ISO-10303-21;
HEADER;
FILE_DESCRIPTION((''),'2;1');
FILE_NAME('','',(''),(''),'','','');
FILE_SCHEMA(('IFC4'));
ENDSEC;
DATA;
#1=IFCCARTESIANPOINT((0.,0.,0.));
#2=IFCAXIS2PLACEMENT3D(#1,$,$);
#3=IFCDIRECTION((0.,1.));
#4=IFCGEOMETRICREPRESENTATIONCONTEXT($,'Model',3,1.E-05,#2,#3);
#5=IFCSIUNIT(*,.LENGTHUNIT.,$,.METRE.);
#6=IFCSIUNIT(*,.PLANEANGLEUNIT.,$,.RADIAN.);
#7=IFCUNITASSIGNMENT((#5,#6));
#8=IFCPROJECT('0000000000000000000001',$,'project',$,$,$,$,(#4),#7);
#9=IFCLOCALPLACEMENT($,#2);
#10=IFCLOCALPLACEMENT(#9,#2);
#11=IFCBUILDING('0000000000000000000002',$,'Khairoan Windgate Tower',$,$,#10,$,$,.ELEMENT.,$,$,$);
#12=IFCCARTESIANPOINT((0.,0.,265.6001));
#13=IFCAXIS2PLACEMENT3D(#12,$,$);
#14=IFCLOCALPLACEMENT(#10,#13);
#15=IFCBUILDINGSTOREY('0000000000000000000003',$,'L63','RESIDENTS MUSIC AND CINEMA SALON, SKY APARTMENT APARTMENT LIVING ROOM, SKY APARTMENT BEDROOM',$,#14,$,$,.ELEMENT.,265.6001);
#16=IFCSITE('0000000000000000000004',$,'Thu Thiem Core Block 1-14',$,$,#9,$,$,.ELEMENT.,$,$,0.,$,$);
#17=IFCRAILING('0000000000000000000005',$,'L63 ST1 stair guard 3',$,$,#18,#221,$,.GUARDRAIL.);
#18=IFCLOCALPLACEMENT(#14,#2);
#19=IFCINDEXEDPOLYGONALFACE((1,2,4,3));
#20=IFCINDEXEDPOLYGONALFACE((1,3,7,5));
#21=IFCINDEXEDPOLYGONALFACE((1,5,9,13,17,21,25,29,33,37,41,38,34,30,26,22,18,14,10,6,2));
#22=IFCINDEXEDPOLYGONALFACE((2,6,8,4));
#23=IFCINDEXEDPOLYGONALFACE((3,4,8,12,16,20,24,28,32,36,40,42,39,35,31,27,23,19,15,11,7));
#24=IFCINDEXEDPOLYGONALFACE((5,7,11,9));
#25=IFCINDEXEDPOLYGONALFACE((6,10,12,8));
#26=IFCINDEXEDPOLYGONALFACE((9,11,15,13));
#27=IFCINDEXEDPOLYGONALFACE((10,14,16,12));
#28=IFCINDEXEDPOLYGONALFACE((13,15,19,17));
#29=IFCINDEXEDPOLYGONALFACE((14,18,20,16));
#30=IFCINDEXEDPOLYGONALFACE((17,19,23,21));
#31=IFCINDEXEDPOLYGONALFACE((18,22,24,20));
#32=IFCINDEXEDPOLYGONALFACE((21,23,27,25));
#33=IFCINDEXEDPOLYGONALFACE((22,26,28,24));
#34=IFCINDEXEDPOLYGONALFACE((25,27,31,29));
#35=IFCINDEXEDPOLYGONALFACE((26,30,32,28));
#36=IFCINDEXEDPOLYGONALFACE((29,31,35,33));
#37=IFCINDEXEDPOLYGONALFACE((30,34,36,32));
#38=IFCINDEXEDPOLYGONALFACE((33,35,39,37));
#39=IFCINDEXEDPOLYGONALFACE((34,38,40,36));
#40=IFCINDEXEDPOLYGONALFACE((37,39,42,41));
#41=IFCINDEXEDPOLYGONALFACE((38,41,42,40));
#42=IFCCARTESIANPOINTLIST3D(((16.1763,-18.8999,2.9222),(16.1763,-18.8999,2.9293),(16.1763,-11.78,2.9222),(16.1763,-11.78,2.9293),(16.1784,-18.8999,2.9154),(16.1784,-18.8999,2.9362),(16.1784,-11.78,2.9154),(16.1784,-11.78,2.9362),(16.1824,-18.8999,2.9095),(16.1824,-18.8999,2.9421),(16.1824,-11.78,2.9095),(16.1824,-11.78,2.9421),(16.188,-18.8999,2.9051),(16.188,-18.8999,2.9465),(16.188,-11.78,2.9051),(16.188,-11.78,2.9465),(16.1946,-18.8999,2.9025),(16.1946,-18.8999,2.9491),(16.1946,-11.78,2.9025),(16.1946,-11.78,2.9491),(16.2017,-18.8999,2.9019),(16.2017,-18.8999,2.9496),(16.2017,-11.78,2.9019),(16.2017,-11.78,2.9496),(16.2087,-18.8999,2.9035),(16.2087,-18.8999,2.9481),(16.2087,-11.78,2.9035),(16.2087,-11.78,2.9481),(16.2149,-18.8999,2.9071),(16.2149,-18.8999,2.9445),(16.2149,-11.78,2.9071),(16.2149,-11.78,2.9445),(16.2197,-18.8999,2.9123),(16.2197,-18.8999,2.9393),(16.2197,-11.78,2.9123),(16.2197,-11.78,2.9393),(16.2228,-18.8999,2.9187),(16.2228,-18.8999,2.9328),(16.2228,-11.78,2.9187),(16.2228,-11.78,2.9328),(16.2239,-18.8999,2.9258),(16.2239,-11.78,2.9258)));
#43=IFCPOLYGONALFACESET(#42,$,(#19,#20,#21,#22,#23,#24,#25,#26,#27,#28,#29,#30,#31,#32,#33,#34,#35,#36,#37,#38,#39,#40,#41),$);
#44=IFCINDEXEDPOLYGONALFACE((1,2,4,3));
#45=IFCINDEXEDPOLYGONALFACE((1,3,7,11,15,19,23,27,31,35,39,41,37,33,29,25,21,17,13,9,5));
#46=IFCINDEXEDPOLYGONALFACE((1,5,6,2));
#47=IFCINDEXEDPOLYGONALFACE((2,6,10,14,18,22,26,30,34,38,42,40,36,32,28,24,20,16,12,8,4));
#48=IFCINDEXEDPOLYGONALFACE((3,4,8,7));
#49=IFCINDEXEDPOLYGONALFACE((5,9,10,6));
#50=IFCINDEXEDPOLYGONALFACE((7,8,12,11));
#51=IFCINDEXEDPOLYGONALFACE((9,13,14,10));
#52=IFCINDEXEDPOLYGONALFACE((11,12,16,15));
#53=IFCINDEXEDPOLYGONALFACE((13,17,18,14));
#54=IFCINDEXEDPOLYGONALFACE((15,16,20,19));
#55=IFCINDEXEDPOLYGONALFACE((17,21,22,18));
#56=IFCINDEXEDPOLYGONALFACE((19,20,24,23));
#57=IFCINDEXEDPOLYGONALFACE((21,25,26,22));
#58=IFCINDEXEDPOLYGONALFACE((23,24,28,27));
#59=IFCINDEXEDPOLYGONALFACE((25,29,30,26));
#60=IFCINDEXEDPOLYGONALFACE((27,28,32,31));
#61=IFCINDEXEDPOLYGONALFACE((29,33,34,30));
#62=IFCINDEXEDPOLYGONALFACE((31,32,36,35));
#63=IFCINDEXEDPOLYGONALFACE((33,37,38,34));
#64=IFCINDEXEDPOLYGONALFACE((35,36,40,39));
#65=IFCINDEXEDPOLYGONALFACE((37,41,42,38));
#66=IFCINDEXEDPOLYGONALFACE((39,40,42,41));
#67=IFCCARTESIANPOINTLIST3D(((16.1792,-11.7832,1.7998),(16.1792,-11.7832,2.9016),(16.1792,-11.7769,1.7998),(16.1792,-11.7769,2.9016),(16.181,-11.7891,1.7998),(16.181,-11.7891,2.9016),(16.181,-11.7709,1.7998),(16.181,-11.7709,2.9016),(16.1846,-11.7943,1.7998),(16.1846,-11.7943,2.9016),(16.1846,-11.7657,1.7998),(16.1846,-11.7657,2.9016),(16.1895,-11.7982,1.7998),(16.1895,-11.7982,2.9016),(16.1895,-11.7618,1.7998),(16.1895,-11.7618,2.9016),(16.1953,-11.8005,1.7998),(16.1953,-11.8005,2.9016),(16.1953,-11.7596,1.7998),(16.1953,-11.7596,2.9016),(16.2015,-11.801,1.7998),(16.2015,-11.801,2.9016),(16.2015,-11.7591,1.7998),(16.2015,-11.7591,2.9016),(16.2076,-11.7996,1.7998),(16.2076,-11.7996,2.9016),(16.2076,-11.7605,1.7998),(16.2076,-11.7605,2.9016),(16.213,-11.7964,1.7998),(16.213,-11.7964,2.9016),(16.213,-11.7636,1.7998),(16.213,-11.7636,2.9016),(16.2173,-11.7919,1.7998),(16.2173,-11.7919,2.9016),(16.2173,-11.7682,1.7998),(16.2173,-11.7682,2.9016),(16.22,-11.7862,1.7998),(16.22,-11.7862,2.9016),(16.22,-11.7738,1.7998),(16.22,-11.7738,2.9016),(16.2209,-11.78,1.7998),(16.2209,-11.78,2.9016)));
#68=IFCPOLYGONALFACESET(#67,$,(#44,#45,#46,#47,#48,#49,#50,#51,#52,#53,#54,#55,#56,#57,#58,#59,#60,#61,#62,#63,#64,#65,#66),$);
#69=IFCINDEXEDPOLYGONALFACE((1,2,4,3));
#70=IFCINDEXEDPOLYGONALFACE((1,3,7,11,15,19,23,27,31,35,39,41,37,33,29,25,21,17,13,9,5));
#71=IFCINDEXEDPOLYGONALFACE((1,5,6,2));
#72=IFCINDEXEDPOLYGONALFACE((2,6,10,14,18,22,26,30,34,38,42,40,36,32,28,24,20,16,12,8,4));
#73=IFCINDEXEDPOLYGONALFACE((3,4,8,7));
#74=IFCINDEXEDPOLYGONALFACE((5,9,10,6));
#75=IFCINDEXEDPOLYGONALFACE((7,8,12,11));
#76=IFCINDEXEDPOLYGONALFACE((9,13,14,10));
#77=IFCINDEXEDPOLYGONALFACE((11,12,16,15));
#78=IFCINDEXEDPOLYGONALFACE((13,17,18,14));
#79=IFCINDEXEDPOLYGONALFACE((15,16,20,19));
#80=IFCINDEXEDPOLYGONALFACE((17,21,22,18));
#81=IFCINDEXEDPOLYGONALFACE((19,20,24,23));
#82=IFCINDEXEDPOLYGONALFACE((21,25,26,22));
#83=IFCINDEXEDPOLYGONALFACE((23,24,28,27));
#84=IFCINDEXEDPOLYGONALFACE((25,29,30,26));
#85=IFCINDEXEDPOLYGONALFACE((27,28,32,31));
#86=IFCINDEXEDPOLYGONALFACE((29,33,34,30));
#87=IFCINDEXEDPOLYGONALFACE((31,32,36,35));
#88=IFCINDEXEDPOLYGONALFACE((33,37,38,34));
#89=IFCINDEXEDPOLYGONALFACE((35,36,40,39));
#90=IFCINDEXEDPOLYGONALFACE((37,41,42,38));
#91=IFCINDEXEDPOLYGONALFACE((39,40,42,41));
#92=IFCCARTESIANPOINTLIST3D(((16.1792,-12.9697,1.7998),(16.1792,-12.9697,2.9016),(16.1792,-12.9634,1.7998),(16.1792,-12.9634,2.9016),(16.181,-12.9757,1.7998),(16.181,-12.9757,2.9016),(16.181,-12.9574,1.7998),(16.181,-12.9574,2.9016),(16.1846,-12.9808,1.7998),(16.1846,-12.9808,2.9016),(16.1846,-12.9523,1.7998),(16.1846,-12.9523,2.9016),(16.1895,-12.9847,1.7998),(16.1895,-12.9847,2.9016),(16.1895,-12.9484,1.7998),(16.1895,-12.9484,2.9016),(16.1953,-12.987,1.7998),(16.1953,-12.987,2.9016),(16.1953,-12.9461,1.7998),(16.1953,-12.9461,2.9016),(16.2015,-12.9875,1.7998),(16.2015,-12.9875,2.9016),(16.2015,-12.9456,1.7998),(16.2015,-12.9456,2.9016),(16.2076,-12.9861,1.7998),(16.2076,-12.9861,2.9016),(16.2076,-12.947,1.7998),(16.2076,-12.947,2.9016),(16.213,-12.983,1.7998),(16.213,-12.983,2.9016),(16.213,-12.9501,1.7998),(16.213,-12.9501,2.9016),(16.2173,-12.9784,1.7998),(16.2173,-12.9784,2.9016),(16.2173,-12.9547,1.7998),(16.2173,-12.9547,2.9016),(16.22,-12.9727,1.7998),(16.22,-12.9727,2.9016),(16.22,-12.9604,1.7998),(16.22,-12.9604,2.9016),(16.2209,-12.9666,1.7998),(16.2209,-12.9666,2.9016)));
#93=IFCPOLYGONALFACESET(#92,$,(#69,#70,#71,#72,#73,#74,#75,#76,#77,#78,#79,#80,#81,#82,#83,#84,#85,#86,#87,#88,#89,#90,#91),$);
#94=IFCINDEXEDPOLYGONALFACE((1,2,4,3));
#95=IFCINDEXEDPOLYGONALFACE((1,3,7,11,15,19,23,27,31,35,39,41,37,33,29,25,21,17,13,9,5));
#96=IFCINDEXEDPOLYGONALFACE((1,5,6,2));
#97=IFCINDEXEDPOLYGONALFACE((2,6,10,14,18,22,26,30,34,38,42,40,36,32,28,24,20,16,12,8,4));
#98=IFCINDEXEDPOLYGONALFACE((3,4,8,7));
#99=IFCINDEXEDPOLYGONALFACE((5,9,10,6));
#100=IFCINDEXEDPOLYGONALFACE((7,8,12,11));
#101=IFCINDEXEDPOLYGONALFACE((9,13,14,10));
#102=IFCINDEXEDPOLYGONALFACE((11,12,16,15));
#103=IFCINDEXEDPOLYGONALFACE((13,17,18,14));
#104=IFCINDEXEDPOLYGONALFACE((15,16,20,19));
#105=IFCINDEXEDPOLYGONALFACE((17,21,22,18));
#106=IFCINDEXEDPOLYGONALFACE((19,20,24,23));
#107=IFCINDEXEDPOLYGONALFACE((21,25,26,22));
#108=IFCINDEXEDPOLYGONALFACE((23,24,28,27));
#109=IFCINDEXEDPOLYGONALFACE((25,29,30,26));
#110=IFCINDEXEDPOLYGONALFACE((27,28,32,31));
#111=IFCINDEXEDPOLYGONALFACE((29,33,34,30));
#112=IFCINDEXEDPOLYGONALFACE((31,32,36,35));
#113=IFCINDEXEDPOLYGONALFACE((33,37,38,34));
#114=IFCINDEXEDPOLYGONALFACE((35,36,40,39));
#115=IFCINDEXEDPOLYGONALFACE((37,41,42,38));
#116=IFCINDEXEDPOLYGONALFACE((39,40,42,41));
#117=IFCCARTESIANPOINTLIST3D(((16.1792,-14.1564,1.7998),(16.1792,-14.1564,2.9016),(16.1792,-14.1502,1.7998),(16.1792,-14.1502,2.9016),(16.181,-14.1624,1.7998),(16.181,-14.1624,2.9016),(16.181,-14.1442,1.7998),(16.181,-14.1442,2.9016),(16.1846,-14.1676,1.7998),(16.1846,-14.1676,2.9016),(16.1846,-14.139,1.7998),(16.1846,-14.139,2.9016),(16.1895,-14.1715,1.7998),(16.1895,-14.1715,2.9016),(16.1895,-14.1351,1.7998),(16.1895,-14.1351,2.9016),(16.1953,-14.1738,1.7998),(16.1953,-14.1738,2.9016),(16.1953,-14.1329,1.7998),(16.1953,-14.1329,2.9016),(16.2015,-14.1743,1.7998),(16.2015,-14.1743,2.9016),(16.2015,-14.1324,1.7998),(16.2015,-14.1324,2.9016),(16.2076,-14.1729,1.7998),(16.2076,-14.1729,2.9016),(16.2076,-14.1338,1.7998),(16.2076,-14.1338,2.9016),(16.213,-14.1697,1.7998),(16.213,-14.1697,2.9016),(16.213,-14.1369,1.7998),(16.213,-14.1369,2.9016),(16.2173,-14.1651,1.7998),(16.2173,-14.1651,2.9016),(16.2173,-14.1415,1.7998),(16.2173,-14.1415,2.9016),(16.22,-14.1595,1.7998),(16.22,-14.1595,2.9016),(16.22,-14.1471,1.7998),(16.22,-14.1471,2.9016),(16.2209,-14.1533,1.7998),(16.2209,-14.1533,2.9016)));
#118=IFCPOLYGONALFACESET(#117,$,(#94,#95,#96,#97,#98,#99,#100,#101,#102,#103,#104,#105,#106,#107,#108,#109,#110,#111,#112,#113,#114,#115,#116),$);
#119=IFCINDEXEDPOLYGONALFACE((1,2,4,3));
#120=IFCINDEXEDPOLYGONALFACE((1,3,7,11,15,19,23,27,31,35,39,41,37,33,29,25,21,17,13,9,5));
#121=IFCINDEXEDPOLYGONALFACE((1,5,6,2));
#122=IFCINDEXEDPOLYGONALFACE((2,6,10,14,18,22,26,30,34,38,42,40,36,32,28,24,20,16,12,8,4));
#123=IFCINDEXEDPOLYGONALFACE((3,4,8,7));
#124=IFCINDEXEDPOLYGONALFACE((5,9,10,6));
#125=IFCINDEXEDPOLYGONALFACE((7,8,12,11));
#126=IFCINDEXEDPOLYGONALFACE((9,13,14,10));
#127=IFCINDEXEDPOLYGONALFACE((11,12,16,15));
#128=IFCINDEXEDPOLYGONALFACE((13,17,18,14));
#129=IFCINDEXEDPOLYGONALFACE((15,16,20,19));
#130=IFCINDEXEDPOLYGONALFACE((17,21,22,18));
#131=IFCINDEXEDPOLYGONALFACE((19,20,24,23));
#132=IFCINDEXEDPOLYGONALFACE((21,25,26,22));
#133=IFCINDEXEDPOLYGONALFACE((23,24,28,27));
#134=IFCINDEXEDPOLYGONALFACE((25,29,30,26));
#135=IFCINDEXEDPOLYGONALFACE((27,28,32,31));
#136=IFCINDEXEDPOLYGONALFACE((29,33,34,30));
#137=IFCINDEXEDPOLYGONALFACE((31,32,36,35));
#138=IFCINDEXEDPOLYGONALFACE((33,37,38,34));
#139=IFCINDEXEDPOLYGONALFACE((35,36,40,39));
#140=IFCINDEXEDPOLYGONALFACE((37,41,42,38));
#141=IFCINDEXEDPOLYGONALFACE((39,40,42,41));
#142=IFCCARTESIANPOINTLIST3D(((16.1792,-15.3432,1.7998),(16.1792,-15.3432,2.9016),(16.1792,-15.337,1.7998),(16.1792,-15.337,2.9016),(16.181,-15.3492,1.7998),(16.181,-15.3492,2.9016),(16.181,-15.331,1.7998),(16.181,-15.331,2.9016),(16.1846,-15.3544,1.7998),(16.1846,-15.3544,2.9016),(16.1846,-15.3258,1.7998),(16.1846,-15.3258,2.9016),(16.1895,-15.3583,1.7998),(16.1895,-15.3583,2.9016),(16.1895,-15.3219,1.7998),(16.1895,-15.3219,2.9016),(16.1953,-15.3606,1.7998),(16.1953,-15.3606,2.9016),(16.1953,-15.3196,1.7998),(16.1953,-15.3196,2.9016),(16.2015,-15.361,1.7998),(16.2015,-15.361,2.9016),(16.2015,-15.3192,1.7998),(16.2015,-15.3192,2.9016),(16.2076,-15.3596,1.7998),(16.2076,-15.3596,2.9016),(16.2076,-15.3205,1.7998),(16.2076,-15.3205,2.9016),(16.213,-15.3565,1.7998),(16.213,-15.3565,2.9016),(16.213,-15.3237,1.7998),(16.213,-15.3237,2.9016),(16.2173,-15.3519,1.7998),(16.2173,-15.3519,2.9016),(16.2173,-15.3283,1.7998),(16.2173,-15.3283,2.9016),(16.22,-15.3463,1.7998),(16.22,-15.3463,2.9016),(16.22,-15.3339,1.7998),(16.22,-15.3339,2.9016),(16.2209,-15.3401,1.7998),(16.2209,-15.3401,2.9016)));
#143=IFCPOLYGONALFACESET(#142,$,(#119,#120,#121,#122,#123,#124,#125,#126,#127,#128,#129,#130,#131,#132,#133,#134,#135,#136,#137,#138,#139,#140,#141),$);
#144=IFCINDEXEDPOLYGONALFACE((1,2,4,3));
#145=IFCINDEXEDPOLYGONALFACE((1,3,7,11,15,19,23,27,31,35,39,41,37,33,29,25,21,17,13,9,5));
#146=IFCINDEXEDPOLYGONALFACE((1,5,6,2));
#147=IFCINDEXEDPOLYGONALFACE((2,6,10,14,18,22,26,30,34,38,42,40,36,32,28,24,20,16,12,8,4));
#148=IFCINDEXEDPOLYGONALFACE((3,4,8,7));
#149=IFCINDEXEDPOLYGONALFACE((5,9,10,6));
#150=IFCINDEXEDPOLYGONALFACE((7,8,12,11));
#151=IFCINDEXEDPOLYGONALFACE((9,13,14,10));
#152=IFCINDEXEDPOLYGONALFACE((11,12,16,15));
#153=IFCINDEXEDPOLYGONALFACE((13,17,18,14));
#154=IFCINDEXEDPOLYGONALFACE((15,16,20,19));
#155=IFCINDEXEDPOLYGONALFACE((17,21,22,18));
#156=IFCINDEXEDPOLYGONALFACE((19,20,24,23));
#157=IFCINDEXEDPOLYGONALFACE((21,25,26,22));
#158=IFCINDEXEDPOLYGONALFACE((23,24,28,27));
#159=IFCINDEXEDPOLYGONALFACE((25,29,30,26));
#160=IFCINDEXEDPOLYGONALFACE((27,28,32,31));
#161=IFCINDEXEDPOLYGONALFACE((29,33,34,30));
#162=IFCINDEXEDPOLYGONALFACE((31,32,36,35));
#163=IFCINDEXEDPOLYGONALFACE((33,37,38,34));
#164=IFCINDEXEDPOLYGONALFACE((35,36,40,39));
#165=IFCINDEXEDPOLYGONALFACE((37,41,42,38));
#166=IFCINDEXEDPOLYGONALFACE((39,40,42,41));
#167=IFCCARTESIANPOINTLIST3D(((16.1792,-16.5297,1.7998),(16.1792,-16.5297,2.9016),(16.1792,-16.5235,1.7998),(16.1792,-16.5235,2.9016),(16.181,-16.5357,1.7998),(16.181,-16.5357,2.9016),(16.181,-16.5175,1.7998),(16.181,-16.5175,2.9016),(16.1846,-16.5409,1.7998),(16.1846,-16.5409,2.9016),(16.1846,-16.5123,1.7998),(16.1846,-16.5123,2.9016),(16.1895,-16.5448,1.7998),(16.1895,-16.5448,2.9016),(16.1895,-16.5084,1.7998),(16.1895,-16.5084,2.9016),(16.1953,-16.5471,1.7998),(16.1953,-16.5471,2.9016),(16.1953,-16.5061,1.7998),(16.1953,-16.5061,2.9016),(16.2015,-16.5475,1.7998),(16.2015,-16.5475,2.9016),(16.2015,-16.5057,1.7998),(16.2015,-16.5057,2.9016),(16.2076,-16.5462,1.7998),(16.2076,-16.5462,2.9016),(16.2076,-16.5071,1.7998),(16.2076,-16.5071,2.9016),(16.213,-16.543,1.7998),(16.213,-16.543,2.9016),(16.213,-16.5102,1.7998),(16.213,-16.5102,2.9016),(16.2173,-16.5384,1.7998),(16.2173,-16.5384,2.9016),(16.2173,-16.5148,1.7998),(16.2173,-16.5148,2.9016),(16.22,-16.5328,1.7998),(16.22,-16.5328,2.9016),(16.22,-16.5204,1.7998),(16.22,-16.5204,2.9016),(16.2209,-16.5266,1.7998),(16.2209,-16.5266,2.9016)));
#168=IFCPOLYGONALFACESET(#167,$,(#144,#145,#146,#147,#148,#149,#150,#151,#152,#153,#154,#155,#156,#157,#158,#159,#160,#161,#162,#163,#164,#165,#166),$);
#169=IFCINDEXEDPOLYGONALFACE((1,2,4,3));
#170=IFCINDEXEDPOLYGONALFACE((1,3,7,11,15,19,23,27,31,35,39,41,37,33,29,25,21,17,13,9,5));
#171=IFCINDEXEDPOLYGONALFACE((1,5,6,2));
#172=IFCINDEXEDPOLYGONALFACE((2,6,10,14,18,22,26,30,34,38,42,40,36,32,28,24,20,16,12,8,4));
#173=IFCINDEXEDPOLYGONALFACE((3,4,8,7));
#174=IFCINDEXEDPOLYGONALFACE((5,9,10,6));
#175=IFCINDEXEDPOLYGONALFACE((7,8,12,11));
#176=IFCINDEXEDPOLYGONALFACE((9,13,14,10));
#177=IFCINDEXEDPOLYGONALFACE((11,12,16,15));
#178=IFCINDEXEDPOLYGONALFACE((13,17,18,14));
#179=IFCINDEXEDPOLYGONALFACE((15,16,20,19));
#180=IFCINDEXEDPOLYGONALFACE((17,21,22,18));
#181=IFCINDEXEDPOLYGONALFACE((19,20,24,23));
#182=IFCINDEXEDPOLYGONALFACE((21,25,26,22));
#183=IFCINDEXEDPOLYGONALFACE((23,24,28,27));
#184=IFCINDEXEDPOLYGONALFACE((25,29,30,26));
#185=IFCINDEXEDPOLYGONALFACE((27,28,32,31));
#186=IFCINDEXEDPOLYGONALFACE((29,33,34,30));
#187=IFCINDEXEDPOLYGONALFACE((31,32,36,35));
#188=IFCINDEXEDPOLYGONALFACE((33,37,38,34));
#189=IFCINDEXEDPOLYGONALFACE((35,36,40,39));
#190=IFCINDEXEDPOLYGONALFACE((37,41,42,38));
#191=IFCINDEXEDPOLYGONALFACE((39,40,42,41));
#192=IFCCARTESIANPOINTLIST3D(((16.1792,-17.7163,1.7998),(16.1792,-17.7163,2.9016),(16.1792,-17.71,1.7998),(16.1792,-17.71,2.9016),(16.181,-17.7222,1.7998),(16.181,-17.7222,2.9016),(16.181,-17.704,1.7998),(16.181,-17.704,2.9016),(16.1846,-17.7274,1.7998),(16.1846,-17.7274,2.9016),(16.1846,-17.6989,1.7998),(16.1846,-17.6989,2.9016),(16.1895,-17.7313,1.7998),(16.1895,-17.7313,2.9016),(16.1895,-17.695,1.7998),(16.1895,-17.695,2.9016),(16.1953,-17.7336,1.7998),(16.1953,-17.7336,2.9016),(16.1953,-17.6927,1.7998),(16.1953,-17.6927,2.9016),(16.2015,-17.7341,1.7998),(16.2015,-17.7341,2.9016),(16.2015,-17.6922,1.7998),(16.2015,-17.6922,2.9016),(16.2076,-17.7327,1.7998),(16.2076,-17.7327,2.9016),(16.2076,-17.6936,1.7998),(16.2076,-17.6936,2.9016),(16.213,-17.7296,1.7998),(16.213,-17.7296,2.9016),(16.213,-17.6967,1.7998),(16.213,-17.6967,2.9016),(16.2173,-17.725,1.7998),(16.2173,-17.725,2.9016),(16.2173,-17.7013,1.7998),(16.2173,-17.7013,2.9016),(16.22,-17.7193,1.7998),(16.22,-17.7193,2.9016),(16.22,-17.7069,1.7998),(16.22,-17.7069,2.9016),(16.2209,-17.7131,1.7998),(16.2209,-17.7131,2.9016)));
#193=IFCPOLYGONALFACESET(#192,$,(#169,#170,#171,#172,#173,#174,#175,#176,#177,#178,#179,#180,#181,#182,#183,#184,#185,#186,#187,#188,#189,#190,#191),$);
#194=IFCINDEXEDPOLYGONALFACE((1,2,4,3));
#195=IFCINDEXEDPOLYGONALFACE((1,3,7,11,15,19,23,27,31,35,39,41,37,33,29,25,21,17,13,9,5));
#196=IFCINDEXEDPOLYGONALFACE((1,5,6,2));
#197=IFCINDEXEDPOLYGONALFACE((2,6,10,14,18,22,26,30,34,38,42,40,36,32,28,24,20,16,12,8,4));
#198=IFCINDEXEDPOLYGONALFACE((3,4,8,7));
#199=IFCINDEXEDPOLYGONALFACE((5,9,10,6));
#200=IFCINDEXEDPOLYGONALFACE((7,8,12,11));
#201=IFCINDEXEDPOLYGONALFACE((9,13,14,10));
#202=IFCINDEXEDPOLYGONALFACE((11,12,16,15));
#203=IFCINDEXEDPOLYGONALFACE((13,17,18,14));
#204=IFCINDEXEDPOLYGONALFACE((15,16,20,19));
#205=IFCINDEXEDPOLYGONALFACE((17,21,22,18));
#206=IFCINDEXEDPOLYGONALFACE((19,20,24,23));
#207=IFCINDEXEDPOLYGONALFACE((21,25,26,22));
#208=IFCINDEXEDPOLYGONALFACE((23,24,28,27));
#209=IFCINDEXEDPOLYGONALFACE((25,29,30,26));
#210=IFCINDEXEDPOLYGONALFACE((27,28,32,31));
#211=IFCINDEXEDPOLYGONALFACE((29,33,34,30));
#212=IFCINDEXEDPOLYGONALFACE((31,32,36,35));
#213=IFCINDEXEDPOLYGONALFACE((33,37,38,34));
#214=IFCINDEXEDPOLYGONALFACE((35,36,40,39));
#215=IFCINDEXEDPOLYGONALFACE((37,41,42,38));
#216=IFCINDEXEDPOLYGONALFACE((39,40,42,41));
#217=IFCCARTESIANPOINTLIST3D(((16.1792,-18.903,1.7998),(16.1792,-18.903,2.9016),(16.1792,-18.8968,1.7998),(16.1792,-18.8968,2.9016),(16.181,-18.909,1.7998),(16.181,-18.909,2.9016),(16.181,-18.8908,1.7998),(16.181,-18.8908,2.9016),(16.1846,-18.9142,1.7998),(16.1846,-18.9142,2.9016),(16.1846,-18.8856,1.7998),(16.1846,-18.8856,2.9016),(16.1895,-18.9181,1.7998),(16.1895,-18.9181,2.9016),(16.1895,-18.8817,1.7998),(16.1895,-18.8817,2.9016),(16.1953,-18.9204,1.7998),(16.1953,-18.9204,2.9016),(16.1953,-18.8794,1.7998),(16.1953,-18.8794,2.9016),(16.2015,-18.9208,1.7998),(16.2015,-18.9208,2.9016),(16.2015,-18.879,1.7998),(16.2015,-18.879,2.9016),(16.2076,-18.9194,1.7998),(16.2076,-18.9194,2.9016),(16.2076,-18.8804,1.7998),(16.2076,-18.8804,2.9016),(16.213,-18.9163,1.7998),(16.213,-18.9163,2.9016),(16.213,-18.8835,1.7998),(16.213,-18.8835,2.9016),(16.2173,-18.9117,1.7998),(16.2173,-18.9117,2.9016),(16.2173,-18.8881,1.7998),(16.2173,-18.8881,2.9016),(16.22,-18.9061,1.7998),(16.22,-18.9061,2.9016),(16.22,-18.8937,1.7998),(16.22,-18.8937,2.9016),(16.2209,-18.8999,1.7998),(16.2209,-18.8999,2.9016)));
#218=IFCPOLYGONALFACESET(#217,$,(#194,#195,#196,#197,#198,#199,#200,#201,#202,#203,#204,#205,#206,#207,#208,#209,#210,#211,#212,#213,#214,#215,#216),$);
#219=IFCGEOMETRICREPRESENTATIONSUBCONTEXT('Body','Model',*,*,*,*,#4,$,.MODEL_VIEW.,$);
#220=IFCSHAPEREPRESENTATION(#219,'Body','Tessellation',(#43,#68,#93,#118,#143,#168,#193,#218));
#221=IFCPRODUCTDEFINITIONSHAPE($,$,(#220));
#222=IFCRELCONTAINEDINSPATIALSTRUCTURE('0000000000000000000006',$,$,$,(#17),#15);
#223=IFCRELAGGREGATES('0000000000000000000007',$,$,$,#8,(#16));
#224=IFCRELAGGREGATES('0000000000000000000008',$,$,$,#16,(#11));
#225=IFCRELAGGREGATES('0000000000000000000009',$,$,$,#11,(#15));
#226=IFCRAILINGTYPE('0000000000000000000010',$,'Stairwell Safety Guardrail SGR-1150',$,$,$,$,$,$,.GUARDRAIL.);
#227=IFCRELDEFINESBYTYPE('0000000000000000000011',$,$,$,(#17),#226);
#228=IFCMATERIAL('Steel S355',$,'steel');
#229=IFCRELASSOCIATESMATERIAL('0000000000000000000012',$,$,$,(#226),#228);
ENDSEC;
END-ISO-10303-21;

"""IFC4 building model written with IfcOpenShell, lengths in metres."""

from ifc_helpers import new_model, si_unit, direction, frame, origin, origin_2d, place, context, subcontext, project, spatial, circle, extrude, material, type_object, element, save


model = new_model("IFC4")

# Units and contexts
model_context = context("Model", 3, precision=1e-05, world=origin(), true_north=direction((0.0, 1.0)))
body_context = subcontext(model_context, "Body", "Model", "MODEL_VIEW")
ifc_project = project(units=[si_unit("LENGTHUNIT", "METRE"), si_unit("PLANEANGLEUNIT", "RADIAN")], contexts=[model_context])

# Site, building, storey
site_placement = place(None, origin())
site = spatial("IfcSite", under=ifc_project, at=site_placement, Name="Thu Thiem Core Block 1-14", CompositionType="ELEMENT", RefElevation=0.0)
building_placement = place(site_placement, origin())
building = spatial("IfcBuilding", under=site, at=building_placement, Name="Khairoan Windgate Tower", CompositionType="ELEMENT")
storey_placement = place(building_placement, frame((0.0, 0.0, 265.6001)))
storey = spatial("IfcBuildingStorey", under=building, at=storey_placement, Name="L63", Description="RESIDENTS MUSIC AND CINEMA SALON, SKY APARTMENT APARTMENT LIVING ROOM, SKY APARTMENT BEDROOM", CompositionType="ELEMENT", Elevation=265.6001)

# Railing
ifc_material_1 = material(Name="Steel S355", Category="steel")
railing_type = type_object("IfcRailingType", Name="Stairwell Safety Guardrail SGR-1150", PredefinedType="GUARDRAIL", material=ifc_material_1)
railing_1_placement = place(storey_placement, frame((16.2, -11.78, 1.7998)))
element("IfcRailing", 1, at=railing_1_placement, inside=storey, type_object=railing_type, Name="L63 ST1 stair guard 3", PredefinedType="GUARDRAIL", context=body_context, shape_type="SweptSolid", body=[
    extrude(circle(Radius=0.0239, at=origin_2d()), frame((0.0, 0.0, 1.126), z_axis=(0.0, -1.0, 0.0), x_axis=(1.0, 0.0, 0.0)), (0.0, 0.0, 1.0), 7.1199),
    extrude(circle(Radius=0.021, at=origin_2d()), origin(), (0.0, 0.0, 1.0), 1.1018),
    extrude(circle(Radius=0.021, at=origin_2d()), frame((0.0, -1.1865, 0.0)), (0.0, 0.0, 1.0), 1.1018),
    extrude(circle(Radius=0.021, at=origin_2d()), frame((0.0, -2.3733, 0.0)), (0.0, 0.0, 1.0), 1.1018),
    extrude(circle(Radius=0.021, at=origin_2d()), frame((0.0, -3.5601, 0.0)), (0.0, 0.0, 1.0), 1.1018),
    extrude(circle(Radius=0.021, at=origin_2d()), frame((0.0, -4.7466, 0.0)), (0.0, 0.0, 1.0), 1.1018),
    extrude(circle(Radius=0.021, at=origin_2d()), frame((0.0, -5.9331, 0.0)), (0.0, 0.0, 1.0), 1.1018),
    extrude(circle(Radius=0.021, at=origin_2d()), frame((0.0, -7.1199, 0.0)), (0.0, 0.0, 1.0), 1.1018),
])

save(model, "model.ifc")
